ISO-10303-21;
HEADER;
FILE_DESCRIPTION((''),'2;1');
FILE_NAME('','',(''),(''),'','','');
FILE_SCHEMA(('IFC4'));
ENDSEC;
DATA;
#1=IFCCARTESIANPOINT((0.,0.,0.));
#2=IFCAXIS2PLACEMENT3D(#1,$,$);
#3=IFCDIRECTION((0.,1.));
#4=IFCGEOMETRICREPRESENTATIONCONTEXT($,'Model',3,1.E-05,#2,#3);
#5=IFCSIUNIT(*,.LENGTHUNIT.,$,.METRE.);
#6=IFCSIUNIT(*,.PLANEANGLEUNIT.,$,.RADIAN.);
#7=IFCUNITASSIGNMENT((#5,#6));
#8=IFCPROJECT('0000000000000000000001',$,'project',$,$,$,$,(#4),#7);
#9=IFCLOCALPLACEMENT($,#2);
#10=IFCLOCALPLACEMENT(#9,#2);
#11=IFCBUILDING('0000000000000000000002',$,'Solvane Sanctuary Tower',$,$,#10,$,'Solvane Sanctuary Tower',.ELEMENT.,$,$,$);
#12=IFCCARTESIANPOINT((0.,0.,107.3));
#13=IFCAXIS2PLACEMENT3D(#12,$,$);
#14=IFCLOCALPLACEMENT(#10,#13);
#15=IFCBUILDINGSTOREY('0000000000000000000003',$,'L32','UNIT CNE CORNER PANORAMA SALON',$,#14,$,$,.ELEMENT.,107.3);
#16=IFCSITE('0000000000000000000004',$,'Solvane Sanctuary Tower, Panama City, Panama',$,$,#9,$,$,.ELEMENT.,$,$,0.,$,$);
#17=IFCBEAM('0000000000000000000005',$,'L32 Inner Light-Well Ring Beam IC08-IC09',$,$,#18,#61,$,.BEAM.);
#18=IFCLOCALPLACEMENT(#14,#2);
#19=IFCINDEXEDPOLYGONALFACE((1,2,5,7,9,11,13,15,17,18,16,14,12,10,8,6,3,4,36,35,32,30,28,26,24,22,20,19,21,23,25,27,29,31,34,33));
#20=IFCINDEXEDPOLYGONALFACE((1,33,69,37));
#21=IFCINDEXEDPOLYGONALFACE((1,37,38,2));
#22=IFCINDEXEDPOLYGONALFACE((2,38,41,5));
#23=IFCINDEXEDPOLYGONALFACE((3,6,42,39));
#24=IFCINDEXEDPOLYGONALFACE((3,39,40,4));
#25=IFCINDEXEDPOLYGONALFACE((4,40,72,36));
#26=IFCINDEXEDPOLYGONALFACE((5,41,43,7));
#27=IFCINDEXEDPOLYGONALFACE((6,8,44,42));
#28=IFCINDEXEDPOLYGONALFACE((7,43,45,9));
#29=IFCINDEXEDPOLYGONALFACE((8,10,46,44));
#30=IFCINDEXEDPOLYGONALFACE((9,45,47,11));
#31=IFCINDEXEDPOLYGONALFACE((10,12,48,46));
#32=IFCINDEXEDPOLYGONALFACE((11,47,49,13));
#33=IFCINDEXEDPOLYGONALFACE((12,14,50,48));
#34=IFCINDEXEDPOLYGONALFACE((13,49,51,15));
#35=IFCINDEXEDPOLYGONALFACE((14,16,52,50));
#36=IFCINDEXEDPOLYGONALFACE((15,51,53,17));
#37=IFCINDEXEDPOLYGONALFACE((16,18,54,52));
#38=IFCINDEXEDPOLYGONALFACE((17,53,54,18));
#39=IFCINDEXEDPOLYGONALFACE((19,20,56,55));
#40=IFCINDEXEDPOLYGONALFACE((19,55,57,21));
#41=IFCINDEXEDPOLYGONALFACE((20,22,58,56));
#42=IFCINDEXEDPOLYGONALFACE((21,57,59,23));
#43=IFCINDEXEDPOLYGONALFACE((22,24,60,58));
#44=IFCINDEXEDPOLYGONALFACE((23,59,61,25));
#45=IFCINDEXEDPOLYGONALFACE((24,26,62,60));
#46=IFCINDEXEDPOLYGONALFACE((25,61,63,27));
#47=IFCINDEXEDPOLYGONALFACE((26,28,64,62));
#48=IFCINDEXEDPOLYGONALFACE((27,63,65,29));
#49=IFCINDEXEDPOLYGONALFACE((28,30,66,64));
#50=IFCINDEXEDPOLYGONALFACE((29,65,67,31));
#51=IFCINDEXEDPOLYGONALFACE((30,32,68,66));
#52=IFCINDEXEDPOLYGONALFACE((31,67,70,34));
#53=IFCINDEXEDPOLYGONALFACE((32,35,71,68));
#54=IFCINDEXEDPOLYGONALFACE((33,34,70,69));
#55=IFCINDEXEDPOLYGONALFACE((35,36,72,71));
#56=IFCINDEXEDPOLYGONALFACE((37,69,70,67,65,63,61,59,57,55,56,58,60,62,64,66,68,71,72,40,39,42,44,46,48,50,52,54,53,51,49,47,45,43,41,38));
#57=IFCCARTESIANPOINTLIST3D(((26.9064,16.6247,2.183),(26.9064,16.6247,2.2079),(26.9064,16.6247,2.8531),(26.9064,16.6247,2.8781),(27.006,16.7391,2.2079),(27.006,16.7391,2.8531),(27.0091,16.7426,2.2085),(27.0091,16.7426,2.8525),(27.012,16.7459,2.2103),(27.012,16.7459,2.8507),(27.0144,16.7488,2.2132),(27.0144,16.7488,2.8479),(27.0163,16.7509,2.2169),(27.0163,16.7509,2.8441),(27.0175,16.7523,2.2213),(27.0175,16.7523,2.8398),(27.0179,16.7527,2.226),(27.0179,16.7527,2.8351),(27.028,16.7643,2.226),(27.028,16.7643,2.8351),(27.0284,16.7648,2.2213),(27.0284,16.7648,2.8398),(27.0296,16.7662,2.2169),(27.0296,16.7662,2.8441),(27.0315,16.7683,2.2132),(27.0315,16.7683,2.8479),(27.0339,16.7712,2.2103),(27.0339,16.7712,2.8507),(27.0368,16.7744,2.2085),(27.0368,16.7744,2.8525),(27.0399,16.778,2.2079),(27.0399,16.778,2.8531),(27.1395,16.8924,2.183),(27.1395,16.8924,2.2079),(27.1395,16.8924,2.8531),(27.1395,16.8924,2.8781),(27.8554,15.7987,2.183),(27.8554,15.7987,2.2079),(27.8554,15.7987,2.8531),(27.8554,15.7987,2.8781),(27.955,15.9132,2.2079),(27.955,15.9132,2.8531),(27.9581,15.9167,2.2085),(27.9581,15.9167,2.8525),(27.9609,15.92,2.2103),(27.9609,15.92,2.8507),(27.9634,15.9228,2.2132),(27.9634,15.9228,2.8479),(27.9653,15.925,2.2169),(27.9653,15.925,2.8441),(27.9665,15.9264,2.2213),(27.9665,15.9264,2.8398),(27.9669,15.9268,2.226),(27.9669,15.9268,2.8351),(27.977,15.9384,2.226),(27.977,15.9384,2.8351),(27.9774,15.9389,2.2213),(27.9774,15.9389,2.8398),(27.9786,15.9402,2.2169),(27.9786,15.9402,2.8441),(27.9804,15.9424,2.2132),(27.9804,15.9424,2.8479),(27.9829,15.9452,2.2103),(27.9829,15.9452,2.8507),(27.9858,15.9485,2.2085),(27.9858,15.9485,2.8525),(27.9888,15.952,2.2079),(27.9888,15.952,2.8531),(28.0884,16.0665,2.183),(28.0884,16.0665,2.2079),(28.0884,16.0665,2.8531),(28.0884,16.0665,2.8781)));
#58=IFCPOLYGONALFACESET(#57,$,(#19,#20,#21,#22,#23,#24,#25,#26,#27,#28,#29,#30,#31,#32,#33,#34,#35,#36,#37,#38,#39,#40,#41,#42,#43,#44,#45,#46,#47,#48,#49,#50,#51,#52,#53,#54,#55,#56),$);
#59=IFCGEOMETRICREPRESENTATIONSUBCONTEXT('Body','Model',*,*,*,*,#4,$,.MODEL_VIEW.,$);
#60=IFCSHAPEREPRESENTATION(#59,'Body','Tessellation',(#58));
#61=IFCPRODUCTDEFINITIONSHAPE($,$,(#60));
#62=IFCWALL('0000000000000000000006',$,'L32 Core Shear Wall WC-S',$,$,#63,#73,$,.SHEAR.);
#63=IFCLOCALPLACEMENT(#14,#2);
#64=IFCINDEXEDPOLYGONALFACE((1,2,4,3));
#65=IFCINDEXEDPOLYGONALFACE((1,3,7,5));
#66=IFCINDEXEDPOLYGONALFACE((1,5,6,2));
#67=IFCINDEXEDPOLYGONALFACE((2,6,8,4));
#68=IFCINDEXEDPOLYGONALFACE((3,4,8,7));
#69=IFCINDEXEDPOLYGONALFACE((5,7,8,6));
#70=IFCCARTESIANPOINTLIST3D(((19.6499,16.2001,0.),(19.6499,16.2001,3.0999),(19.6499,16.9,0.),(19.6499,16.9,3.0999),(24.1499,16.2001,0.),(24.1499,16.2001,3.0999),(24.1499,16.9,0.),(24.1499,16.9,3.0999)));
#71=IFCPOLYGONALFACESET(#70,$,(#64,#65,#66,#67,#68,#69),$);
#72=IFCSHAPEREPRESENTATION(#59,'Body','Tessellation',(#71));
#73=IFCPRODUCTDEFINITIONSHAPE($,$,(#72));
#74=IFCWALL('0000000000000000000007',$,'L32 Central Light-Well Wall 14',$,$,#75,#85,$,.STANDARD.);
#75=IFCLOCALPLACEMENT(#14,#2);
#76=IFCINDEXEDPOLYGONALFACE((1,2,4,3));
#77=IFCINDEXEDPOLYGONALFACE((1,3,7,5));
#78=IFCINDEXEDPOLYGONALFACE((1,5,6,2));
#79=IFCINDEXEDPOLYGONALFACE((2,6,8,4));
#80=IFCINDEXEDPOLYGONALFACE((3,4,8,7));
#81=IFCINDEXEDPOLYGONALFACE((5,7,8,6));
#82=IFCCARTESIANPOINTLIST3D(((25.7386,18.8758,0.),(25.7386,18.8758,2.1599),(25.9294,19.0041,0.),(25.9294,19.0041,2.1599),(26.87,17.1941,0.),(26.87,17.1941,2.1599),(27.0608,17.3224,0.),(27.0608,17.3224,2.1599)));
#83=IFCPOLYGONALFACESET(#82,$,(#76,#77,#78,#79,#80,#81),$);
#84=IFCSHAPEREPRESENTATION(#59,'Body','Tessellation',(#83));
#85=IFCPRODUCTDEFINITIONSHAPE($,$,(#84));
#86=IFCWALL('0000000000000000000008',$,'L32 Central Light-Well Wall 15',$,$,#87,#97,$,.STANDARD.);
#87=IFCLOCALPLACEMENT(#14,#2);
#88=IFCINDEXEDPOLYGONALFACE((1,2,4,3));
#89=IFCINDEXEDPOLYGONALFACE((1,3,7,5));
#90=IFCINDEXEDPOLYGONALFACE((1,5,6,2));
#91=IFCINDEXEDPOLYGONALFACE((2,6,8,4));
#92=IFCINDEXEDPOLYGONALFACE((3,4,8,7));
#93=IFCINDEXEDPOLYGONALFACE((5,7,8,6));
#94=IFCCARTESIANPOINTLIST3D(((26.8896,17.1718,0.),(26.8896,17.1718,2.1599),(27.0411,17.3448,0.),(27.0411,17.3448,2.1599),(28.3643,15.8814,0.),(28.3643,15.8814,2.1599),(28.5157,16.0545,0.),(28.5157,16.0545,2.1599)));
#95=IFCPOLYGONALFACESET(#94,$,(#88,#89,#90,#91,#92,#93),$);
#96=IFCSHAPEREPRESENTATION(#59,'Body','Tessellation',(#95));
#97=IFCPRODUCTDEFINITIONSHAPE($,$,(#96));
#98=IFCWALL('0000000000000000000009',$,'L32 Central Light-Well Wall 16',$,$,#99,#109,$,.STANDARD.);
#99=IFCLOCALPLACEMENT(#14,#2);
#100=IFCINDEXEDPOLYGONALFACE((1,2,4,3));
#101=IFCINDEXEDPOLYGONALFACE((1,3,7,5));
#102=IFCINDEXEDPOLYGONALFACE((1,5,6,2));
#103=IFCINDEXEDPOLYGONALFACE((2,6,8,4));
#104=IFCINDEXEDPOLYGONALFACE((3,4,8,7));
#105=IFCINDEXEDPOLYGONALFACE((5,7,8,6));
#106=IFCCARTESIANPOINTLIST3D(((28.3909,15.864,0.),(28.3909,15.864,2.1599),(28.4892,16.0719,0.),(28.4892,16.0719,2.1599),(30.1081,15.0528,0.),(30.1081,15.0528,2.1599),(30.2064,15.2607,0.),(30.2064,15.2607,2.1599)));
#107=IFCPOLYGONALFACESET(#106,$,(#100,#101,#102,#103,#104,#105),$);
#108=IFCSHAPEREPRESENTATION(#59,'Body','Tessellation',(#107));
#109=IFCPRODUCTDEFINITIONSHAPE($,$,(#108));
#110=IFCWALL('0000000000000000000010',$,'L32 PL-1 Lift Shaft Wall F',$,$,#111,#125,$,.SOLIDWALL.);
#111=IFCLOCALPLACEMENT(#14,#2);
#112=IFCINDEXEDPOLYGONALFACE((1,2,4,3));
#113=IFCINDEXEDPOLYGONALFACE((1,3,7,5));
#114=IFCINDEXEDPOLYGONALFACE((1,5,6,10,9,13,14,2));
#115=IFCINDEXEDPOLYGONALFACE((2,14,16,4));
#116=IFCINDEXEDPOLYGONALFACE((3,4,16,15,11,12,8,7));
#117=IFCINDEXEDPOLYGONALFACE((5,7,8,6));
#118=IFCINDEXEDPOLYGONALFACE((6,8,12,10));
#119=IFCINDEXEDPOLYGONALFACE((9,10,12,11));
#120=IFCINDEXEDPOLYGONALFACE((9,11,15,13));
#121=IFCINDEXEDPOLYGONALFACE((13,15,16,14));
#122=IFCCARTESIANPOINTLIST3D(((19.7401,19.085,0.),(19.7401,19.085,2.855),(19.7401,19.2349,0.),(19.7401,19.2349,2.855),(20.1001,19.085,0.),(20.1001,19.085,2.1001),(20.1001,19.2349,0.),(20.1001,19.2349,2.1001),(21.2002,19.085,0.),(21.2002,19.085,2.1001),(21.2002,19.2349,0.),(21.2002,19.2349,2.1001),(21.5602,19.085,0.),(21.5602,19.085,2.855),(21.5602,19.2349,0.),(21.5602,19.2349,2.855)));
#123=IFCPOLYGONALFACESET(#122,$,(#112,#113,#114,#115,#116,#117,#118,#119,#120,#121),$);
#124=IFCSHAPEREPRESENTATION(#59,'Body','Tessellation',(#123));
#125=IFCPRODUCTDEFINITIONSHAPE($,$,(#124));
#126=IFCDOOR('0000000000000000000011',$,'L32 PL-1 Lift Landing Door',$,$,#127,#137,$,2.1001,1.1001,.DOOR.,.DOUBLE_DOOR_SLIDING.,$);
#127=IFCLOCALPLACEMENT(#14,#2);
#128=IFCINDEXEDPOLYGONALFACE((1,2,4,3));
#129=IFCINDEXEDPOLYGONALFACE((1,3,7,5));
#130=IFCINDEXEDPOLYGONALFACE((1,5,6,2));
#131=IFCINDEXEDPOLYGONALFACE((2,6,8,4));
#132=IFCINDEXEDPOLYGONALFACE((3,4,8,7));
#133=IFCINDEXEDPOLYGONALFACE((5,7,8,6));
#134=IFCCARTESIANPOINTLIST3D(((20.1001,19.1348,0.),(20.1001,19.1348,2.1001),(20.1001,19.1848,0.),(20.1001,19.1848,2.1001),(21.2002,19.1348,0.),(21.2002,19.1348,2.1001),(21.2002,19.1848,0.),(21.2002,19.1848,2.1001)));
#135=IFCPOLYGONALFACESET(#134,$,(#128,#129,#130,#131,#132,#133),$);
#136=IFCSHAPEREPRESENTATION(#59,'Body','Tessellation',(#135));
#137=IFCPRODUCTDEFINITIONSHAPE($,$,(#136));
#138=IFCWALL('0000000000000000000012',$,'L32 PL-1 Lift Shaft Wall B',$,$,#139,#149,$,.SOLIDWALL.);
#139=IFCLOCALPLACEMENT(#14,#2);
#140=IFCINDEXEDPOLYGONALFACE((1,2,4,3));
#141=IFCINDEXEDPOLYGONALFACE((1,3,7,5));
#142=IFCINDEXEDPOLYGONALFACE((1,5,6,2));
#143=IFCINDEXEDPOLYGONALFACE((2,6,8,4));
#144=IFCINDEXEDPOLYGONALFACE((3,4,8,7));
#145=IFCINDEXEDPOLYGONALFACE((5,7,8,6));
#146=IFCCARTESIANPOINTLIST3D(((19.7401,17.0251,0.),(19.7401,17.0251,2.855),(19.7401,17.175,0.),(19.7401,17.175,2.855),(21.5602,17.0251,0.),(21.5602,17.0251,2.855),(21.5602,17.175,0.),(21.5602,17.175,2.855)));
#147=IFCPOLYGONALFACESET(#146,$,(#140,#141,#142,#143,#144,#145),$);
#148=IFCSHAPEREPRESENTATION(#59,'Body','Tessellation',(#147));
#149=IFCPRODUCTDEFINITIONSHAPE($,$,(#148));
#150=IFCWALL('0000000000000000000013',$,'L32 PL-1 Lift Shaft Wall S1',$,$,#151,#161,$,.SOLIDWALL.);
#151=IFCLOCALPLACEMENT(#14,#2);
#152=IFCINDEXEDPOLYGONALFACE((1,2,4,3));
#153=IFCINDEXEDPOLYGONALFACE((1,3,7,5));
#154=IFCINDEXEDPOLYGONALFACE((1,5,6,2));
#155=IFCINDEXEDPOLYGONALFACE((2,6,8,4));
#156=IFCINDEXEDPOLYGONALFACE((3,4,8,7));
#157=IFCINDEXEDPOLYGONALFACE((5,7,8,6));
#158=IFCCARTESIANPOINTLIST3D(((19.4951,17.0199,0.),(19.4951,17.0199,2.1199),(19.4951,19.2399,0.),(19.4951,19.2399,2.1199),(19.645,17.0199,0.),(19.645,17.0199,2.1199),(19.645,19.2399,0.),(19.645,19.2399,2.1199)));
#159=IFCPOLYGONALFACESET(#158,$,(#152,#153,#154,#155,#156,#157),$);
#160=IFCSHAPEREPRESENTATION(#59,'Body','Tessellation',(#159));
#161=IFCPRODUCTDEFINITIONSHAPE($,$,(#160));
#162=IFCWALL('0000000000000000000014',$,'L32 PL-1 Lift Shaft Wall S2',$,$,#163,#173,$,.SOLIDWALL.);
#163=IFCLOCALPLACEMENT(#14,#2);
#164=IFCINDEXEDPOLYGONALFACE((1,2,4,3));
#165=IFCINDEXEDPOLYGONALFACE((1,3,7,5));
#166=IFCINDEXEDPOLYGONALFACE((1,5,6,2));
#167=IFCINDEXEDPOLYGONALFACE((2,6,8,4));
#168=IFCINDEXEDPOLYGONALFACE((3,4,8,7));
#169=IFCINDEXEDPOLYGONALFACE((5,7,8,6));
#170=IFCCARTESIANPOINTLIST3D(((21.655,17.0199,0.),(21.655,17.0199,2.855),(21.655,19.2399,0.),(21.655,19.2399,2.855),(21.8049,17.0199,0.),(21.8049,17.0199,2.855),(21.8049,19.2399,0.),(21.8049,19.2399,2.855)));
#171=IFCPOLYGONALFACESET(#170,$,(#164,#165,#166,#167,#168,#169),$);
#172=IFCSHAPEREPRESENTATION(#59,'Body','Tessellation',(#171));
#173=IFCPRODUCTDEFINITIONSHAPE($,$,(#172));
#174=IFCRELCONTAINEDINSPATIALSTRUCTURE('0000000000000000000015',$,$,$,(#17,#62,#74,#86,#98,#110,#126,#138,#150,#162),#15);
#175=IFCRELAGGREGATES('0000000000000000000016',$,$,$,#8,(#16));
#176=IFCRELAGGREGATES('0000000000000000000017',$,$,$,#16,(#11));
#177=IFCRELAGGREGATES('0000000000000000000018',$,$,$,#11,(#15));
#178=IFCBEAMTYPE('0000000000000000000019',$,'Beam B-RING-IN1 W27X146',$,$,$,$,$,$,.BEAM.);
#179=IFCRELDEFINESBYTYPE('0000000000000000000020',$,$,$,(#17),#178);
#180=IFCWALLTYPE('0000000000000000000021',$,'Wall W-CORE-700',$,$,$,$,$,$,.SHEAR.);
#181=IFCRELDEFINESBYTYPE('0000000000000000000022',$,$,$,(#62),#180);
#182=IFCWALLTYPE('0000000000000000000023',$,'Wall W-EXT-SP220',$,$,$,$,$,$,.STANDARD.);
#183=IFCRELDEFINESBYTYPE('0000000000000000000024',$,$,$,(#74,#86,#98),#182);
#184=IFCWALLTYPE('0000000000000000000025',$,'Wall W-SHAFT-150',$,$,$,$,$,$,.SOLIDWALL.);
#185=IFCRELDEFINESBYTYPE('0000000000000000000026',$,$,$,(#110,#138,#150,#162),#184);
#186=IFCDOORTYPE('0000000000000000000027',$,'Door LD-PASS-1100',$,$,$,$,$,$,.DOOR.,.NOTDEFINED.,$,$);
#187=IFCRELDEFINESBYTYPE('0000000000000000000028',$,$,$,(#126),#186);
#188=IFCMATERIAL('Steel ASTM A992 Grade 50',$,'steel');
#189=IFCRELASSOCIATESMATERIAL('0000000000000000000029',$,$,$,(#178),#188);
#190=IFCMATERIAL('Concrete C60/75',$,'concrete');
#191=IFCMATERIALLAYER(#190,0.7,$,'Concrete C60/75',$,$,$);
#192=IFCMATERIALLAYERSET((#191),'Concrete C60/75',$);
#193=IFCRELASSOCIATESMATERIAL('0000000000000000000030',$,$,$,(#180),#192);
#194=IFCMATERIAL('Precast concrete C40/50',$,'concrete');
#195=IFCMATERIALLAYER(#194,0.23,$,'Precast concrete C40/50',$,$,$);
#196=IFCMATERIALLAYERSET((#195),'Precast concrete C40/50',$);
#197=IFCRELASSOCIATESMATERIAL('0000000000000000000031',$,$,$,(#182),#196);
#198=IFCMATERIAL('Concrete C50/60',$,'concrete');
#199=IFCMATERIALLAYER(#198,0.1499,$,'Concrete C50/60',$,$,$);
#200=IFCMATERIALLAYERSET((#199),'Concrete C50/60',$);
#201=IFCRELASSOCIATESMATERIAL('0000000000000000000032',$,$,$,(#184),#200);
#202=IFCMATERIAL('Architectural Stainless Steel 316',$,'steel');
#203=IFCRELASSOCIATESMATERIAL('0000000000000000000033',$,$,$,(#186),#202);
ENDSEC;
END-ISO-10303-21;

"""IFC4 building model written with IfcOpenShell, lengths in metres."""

from ifc_helpers import new_model, si_unit, direction, frame, frame_2d, origin, origin_2d, place, context, subcontext, project, spatial, rectangle, i_section, extrude, material, layer, layer_set, material_profile, profile_set, type_object, element, fill, save


model = new_model("IFC4")

# Units and contexts
model_context = context("Model", 3, precision=1e-05, world=origin(), true_north=direction((0.0, 1.0)))
body_context = subcontext(model_context, "Body", "Model", "MODEL_VIEW")
ifc_project = project(units=[si_unit("LENGTHUNIT", "METRE"), si_unit("PLANEANGLEUNIT", "RADIAN")], contexts=[model_context])

# Site, building, storey
site_placement = place(None, origin())
site = spatial("IfcSite", under=ifc_project, at=site_placement, Name="Solvane Sanctuary Tower, Panama City, Panama", CompositionType="ELEMENT", RefElevation=0.0)
building_placement = place(site_placement, origin())
building = spatial("IfcBuilding", under=site, at=building_placement, Name="Solvane Sanctuary Tower", LongName="Solvane Sanctuary Tower", CompositionType="ELEMENT")
storey_placement = place(building_placement, frame((0.0, 0.0, 107.3)))
storey = spatial("IfcBuildingStorey", under=building, at=storey_placement, Name="L32", Description="UNIT CNE CORNER PANORAMA SALON", CompositionType="ELEMENT", Elevation=107.3)

# Shared definitions
ifc_material_1 = material(Name="Concrete C60/75", Category="concrete")

# Beam
ifc_material_2 = material(Name="Steel ASTM A992 Grade 50", Category="steel")
ifc_material_profile_1 = material_profile(ifc_material_2, i_section(OverallWidth=0.355, OverallDepth=0.6951, WebThickness=0.0154, FlangeThickness=0.0249, FilletRadius=0.0181, at=origin_2d()), Name="W27X146")
ifc_profile_set_1 = profile_set([ifc_material_profile_1], Name="Steel ASTM A992 Grade 50")
beam_type_1 = type_object("IfcBeamType", Name="Beam B-RING-IN1 W27X146", PredefinedType="BEAM", material=ifc_profile_set_1)
beam_1_placement = place(storey_placement, frame((27.0229, 16.7585, 2.5305), z_axis=(0.754317, -0.65651, 0.0), x_axis=(0.65651, 0.754317, 0.0)))
element("IfcBeam", 1, at=beam_1_placement, inside=storey, type_object=beam_type_1, Name="L32 Inner Light-Well Ring Beam IC08-IC09", PredefinedType="BEAM", context=body_context, shape_type="SweptSolid", body=[
    extrude(i_section(OverallWidth=0.355, OverallDepth=0.6951, WebThickness=0.0154, FlangeThickness=0.0249, FilletRadius=0.0181, at=origin_2d()), origin(), (0.0, 0.0, 1.0), 1.2581),
])

# Walls
ifc_layer_1 = layer(ifc_material_1, 0.7, Name="Concrete C60/75")
ifc_layer_set_1 = layer_set([ifc_layer_1], Name="Concrete C60/75")
wall_type_1 = type_object("IfcWallType", Name="Wall W-CORE-700", PredefinedType="SHEAR", material=ifc_layer_set_1)
wall_1_placement = place(storey_placement, frame((19.6499, 16.55, 0.0), z_axis=(0.0, 0.0, 1.0), x_axis=(1.0, 0.0, 0.0)))
element("IfcWall", 2, at=wall_1_placement, inside=storey, type_object=wall_type_1, Name="L32 Core Shear Wall WC-S", PredefinedType="SHEAR", context=body_context, shape_type="SweptSolid", body=[
    extrude(rectangle(XDim=4.5, YDim=0.7, at=frame_2d((2.25, 0.0))), origin(), (0.0, 0.0, 1.0), 3.0999),
])
ifc_material_3 = material(Name="Precast concrete C40/50", Category="concrete")
ifc_layer_2 = layer(ifc_material_3, 0.23, Name="Precast concrete C40/50")
ifc_layer_set_2 = layer_set([ifc_layer_2], Name="Precast concrete C40/50")
wall_type_2 = type_object("IfcWallType", Name="Wall W-EXT-SP220", PredefinedType="STANDARD", material=ifc_layer_set_2)
wall_2_placement = place(storey_placement, frame((25.834, 18.9399, 0.0), z_axis=(0.0, 0.0, 1.0), x_axis=(0.558198, -0.829708, 0.0)))
element("IfcWall", 3, at=wall_2_placement, inside=storey, type_object=wall_type_2, Name="L32 Central Light-Well Wall 14", PredefinedType="STANDARD", context=body_context, shape_type="SweptSolid", body=[
    extrude(rectangle(XDim=2.0269, YDim=0.23, at=frame_2d((1.0134, 0.0))), origin(), (0.0, 0.0, 1.0), 2.1599),
])
wall_3_placement = place(storey_placement, frame((26.9653, 17.2583, 0.0), z_axis=(0.0, 0.0, 1.0), x_axis=(0.752577, -0.658505, 0.0)))
element("IfcWall", 4, at=wall_3_placement, inside=storey, type_object=wall_type_2, Name="L32 Central Light-Well Wall 15", PredefinedType="STANDARD", context=body_context, shape_type="SweptSolid", body=[
    extrude(rectangle(XDim=1.9595, YDim=0.23, at=frame_2d((0.9797, 0.0))), origin(), (0.0, 0.0, 1.0), 2.1599),
])
wall_4_placement = place(storey_placement, frame((28.4399, 15.968, 0.0), z_axis=(0.0, 0.0, 1.0), x_axis=(0.90418, -0.427152, 0.0)))
element("IfcWall", 5, at=wall_4_placement, inside=storey, type_object=wall_type_2, Name="L32 Central Light-Well Wall 16", PredefinedType="STANDARD", context=body_context, shape_type="SweptSolid", body=[
    extrude(rectangle(XDim=1.8992, YDim=0.23, at=frame_2d((0.9497, 0.0))), origin(), (0.0, 0.0, 1.0), 2.1599),
])

# Wall, opening, door
ifc_material_4 = material(Name="Concrete C50/60", Category="concrete")
ifc_layer_3 = layer(ifc_material_4, 0.1499, Name="Concrete C50/60")
ifc_layer_set_3 = layer_set([ifc_layer_3], Name="Concrete C50/60")
wall_type_3 = type_object("IfcWallType", Name="Wall W-SHAFT-150", PredefinedType="SOLIDWALL", material=ifc_layer_set_3)
wall_5_placement = place(storey_placement, frame((19.74, 19.1599, 0.0), z_axis=(0.0, 0.0, 1.0), x_axis=(1.0, 0.0, 0.0)))
wall_5 = element("IfcWall", 6, at=wall_5_placement, inside=storey, type_object=wall_type_3, Name="L32 PL-1 Lift Shaft Wall F", PredefinedType="SOLIDWALL", context=body_context, shape_type="SweptSolid", body=[
    extrude(rectangle(XDim=1.8201, YDim=0.1499, at=frame_2d((0.9102, 0.0))), origin(), (0.0, 0.0, 1.0), 2.855),
])
opening_1_placement = place(wall_5_placement, frame((0.3601, 0.0, 0.0)))
opening_1 = element("IfcOpeningElement", 7, at=opening_1_placement, cuts=wall_5, PredefinedType="OPENING", context=body_context, shape_type="SweptSolid", body=[
    extrude(rectangle(XDim=1.1001, YDim=2.1001, at=frame_2d((0.55, 1.05))), frame((0.0, 0.085, 0.0), z_axis=(0.0, -1.0, 0.0), x_axis=(1.0, 0.0, 0.0)), (0.0, 0.0, 1.0), 0.1699),
])
ifc_material_5 = material(Name="Architectural Stainless Steel 316", Category="steel")
door_type = type_object("IfcDoorType", Name="Door LD-PASS-1100", OperationType="NOTDEFINED", PredefinedType="DOOR", material=ifc_material_5)
door_1_placement = place(opening_1_placement, origin())
door_1 = element("IfcDoor", 8, at=door_1_placement, inside=storey, type_object=door_type, Name="L32 PL-1 Lift Landing Door", OperationType="DOUBLE_DOOR_SLIDING", OverallHeight=2.1001, OverallWidth=1.1001, PredefinedType="DOOR", context=body_context, shape_type="SweptSolid", body=[
    extrude(rectangle(XDim=1.1001, YDim=2.1001, at=frame_2d((0.55, 1.05))), frame((0.0, 0.0249, 0.0), z_axis=(0.0, -1.0, 0.0), x_axis=(1.0, 0.0, 0.0)), (0.0, 0.0, 1.0), 0.05),
])
fill(opening_1, door_1)

# Walls
wall_6_placement = place(storey_placement, frame((19.74, 17.1001, 0.0), z_axis=(0.0, 0.0, 1.0), x_axis=(1.0, 0.0, 0.0)))
element("IfcWall", 9, at=wall_6_placement, inside=storey, type_object=wall_type_3, Name="L32 PL-1 Lift Shaft Wall B", PredefinedType="SOLIDWALL", context=body_context, shape_type="SweptSolid", body=[
    extrude(rectangle(XDim=1.8201, YDim=0.1499, at=frame_2d((0.9102, 0.0))), origin(), (0.0, 0.0, 1.0), 2.855),
])
wall_7_placement = place(storey_placement, frame((19.5701, 17.02, 0.0), z_axis=(0.0, 0.0, 1.0), x_axis=(0.0, 1.0, 0.0)))
element("IfcWall", 10, at=wall_7_placement, inside=storey, type_object=wall_type_3, Name="L32 PL-1 Lift Shaft Wall S1", PredefinedType="SOLIDWALL", context=body_context, shape_type="SweptSolid", body=[
    extrude(rectangle(XDim=2.22, YDim=0.1499, at=frame_2d((1.1099, 0.0))), origin(), (0.0, 0.0, 1.0), 2.1199),
])
wall_8_placement = place(storey_placement, frame((21.73, 17.02, 0.0), z_axis=(0.0, 0.0, 1.0), x_axis=(0.0, 1.0, 0.0)))
element("IfcWall", 11, at=wall_8_placement, inside=storey, type_object=wall_type_3, Name="L32 PL-1 Lift Shaft Wall S2", PredefinedType="SOLIDWALL", context=body_context, shape_type="SweptSolid", body=[
    extrude(rectangle(XDim=2.22, YDim=0.1499, at=frame_2d((1.1099, 0.0))), origin(), (0.0, 0.0, 1.0), 2.855),
])

save(model, "model.ifc")
